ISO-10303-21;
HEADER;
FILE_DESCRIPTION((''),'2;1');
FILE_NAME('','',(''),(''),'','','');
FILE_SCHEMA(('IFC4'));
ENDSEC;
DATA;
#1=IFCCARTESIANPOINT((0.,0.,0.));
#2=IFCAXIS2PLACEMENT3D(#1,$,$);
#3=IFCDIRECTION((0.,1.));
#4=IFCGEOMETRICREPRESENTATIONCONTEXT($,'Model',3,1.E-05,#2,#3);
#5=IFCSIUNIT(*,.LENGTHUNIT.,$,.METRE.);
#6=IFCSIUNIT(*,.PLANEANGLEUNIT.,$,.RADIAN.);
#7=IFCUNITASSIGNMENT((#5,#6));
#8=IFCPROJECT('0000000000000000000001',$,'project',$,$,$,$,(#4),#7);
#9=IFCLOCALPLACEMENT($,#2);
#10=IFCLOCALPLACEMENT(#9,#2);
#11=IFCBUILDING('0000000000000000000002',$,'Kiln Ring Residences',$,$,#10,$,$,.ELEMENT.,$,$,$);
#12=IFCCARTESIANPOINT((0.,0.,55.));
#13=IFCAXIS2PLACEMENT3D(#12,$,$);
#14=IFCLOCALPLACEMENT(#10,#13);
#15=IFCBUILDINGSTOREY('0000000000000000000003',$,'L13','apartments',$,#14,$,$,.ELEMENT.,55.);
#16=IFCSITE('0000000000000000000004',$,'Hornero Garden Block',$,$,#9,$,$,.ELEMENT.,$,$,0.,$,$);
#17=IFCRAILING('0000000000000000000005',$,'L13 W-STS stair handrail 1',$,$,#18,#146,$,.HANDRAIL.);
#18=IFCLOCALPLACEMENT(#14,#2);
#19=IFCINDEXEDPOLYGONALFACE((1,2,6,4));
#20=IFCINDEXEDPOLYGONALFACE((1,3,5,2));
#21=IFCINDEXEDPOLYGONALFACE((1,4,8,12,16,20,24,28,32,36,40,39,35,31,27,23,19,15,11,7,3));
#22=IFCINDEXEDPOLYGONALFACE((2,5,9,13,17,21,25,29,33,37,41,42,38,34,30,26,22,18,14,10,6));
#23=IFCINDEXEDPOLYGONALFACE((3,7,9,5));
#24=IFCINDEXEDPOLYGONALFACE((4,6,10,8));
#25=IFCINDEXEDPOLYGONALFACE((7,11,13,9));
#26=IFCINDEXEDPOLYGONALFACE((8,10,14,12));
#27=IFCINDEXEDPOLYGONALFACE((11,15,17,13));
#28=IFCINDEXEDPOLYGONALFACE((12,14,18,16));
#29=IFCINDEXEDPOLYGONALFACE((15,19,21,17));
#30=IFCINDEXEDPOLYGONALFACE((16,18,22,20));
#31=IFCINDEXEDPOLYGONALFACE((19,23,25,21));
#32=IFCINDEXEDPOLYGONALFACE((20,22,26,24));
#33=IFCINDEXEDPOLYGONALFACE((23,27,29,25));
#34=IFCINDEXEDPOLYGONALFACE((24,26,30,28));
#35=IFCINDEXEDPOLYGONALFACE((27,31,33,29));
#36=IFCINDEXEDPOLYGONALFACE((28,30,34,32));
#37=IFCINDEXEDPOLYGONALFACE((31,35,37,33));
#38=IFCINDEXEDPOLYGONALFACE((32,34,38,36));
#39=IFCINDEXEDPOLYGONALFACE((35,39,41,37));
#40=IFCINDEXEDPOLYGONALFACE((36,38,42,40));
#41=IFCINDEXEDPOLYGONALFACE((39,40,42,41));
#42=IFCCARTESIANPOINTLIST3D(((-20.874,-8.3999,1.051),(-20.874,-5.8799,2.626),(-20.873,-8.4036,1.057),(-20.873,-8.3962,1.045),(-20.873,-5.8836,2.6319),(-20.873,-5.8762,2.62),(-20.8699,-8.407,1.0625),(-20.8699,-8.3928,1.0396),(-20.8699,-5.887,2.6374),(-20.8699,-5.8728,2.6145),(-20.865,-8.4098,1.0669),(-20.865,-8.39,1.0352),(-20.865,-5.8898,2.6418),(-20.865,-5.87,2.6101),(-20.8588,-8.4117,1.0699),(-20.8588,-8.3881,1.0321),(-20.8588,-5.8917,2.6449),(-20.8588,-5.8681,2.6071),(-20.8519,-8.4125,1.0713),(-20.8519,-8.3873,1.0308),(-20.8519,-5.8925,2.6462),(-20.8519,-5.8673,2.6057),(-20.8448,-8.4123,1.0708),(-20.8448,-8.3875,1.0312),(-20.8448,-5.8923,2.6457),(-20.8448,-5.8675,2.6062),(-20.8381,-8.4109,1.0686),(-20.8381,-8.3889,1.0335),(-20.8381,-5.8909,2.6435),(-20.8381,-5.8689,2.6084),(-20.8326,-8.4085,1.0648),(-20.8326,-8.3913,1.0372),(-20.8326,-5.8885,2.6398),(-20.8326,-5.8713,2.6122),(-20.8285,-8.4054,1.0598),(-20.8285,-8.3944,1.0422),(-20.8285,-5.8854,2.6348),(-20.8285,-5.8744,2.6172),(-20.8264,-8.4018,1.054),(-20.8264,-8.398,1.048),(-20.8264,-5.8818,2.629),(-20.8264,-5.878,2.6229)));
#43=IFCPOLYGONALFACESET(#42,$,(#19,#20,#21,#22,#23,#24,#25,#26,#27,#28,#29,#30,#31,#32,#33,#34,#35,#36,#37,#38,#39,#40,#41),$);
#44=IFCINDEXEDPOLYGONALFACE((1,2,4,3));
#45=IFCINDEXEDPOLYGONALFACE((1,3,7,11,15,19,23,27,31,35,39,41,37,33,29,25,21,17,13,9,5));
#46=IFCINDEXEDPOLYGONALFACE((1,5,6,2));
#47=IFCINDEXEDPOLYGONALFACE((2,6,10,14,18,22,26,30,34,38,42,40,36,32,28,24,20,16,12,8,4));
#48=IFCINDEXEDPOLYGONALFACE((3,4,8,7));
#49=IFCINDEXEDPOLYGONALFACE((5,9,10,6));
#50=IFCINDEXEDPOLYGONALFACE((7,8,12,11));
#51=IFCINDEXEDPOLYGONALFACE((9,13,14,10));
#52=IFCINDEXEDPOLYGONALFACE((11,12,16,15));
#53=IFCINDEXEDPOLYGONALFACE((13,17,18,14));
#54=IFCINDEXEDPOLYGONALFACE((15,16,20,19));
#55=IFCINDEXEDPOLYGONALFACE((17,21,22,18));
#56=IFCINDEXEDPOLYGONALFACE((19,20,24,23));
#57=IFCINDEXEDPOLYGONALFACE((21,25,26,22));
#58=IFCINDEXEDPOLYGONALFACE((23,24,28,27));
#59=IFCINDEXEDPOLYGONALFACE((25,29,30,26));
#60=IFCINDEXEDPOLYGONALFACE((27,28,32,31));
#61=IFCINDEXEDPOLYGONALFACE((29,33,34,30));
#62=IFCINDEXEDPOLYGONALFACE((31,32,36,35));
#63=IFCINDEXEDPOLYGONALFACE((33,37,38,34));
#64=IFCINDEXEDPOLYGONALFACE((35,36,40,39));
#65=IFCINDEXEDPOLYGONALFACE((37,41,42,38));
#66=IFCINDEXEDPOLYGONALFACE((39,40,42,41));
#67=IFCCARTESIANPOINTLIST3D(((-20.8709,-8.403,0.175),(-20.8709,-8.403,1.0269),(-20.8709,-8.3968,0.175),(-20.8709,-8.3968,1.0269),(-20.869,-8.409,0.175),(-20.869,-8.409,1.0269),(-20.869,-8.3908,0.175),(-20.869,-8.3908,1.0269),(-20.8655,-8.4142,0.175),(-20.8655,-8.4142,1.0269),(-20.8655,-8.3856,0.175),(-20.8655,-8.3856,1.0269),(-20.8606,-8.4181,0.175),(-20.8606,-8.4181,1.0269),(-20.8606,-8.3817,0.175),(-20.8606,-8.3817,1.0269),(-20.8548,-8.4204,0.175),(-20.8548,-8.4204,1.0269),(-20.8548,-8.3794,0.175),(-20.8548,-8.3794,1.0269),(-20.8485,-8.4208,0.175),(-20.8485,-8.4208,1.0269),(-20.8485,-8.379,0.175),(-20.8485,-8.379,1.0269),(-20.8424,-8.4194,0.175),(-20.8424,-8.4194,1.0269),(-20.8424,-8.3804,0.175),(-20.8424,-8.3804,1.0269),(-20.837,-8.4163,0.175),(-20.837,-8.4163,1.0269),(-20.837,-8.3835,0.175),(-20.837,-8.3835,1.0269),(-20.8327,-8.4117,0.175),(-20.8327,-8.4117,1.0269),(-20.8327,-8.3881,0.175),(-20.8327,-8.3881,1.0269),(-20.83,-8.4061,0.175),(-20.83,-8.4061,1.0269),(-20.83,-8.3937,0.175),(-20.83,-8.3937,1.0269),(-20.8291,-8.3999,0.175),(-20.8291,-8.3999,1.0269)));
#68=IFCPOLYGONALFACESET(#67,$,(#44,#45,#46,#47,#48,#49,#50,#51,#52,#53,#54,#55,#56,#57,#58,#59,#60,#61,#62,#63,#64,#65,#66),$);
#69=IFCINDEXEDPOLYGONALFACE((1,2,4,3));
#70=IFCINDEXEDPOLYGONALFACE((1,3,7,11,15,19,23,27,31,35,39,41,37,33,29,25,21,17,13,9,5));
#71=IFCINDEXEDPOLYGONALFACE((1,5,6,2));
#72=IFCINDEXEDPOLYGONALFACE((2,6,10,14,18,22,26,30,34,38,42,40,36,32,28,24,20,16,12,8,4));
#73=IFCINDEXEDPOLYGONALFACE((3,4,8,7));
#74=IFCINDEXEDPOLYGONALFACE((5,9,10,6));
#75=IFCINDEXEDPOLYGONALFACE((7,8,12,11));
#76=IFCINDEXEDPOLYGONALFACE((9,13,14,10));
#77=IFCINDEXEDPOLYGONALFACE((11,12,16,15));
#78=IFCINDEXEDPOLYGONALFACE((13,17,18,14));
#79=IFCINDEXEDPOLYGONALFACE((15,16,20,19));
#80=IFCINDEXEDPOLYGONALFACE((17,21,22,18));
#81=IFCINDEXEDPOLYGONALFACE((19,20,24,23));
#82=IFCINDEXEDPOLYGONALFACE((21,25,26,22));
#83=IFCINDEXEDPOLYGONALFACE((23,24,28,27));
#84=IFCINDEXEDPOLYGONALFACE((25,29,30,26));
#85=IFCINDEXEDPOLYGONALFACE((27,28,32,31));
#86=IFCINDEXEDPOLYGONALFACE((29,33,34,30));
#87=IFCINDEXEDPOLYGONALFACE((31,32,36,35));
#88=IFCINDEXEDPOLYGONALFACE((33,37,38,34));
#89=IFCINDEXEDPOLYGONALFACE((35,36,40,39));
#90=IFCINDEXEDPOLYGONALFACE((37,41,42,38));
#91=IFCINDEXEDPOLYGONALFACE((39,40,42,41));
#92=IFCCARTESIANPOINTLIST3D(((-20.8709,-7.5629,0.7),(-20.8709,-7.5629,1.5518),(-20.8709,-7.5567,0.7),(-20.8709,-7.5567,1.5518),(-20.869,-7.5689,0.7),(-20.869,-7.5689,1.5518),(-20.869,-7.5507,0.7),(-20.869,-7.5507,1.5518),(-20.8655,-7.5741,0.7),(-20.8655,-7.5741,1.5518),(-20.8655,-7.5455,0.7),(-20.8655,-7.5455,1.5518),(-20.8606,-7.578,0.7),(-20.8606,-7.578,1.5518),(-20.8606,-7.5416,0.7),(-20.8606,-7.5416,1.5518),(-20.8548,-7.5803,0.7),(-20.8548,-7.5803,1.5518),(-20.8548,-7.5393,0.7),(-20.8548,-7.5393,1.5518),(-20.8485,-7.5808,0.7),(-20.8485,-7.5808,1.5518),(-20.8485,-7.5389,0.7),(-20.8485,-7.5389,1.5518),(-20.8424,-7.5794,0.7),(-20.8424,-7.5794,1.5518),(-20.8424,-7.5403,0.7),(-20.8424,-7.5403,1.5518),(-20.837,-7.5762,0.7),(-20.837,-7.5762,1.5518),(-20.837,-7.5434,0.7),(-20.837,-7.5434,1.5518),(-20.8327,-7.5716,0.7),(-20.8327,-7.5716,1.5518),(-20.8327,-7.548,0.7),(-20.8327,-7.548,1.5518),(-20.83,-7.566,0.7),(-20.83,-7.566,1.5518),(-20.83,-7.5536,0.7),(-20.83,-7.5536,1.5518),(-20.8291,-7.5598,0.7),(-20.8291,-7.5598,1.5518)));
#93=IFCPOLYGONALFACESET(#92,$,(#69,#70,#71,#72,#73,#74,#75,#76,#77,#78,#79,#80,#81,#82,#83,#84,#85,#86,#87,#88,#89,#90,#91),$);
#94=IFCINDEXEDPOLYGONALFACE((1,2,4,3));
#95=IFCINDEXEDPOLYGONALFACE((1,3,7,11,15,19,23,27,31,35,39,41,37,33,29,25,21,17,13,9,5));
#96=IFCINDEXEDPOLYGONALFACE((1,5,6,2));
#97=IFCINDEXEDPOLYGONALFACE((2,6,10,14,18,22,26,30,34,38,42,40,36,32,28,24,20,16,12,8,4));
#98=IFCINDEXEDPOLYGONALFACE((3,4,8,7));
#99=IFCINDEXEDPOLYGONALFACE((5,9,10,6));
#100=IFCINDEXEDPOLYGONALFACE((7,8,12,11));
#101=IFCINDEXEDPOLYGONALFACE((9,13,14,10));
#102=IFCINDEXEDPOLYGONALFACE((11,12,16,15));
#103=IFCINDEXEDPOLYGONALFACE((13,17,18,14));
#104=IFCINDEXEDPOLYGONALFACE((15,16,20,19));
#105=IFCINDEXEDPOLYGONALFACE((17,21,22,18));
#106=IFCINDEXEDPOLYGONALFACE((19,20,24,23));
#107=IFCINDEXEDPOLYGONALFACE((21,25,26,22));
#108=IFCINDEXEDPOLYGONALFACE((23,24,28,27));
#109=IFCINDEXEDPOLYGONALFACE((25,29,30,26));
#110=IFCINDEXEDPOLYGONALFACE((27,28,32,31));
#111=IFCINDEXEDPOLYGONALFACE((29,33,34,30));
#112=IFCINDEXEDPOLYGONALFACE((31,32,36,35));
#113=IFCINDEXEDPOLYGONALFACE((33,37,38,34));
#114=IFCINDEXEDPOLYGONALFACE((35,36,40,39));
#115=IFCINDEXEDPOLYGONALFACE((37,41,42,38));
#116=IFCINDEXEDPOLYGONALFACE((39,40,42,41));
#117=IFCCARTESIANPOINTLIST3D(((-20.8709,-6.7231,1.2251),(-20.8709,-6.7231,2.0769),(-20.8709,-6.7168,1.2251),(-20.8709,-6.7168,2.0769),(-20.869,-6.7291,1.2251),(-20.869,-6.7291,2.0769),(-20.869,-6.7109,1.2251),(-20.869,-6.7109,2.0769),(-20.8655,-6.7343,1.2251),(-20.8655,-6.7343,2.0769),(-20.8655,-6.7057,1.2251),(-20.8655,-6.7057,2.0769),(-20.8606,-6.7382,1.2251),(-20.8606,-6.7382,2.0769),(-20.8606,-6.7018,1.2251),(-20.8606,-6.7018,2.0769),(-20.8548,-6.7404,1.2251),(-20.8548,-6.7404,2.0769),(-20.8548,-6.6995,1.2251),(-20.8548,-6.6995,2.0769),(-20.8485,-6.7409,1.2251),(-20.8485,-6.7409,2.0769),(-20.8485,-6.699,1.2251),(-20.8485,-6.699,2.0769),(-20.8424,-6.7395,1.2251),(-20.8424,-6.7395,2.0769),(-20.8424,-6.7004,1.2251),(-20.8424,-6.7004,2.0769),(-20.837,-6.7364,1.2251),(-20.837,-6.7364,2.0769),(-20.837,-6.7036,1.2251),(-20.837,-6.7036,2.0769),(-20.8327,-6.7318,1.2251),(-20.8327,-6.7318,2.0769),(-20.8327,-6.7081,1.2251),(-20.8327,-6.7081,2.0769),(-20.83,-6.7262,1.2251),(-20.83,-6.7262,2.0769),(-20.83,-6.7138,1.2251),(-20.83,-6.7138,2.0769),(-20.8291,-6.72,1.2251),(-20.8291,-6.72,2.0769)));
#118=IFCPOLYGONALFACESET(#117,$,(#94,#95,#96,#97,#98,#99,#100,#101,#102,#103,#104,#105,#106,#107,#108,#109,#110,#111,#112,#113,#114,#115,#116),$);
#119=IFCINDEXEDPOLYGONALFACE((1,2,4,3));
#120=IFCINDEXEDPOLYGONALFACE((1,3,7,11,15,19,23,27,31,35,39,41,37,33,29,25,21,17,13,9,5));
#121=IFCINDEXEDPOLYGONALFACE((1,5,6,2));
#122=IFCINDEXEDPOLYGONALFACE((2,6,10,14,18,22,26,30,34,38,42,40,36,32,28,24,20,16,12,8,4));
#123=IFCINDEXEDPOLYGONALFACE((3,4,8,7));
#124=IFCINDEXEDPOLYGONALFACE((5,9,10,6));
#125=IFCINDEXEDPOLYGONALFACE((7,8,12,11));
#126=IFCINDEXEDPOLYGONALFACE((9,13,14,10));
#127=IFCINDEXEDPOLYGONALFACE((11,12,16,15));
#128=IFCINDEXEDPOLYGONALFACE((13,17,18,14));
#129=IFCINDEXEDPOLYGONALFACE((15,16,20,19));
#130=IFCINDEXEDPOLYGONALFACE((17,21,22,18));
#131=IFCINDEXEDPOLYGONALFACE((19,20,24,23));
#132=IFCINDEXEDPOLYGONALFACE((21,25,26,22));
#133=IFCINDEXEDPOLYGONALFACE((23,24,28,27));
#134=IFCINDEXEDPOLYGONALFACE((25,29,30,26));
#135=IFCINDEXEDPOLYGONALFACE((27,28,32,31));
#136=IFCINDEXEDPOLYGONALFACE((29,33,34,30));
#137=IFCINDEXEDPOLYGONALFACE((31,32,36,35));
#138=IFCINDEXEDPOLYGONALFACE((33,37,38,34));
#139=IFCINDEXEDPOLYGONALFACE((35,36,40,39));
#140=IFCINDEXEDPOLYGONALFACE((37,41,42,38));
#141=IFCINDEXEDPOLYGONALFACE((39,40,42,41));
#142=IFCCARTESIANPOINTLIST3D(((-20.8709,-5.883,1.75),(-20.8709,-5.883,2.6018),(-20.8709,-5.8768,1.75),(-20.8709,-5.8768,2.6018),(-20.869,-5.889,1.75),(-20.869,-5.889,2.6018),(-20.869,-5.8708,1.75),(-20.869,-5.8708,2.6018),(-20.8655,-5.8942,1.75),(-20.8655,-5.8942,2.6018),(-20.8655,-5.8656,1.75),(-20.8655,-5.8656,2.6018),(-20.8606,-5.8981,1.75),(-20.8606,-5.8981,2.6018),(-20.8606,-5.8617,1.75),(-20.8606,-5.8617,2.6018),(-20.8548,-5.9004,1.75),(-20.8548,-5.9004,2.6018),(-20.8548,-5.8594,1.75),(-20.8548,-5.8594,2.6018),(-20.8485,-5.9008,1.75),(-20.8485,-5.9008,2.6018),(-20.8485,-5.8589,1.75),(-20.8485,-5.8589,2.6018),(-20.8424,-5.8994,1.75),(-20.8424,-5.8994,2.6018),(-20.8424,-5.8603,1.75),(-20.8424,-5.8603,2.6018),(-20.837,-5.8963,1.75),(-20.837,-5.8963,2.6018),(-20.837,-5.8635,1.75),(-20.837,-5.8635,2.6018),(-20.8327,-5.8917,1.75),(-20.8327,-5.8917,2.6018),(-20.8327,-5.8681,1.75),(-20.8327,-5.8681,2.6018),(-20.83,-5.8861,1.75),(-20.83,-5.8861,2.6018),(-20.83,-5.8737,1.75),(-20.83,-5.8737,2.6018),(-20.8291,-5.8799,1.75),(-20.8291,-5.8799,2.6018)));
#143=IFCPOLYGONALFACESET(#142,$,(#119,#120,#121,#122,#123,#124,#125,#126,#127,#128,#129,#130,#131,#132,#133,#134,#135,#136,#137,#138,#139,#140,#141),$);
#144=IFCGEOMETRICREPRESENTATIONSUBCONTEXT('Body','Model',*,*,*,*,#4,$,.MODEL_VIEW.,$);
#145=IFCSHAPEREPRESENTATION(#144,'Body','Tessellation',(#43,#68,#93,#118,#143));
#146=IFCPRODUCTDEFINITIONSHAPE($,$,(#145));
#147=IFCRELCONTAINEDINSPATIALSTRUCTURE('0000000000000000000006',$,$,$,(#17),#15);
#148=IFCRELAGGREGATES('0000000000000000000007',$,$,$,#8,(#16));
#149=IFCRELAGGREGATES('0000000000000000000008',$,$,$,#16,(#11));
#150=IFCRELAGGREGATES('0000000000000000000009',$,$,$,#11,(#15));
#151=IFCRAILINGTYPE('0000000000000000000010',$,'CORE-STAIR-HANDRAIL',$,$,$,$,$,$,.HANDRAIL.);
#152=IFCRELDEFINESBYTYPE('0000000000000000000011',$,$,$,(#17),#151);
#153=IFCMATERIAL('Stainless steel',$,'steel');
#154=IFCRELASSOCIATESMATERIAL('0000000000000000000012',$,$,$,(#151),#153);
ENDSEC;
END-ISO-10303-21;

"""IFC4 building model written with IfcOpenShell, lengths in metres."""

from ifc_helpers import new_model, si_unit, direction, frame, origin, origin_2d, place, context, subcontext, project, spatial, circle, extrude, material, type_object, element, save


model = new_model("IFC4")

# Units and contexts
model_context = context("Model", 3, precision=1e-05, world=origin(), true_north=direction((0.0, 1.0)))
body_context = subcontext(model_context, "Body", "Model", "MODEL_VIEW")
ifc_project = project(units=[si_unit("LENGTHUNIT", "METRE"), si_unit("PLANEANGLEUNIT", "RADIAN")], contexts=[model_context])

# Site, building, storey
site_placement = place(None, origin())
site = spatial("IfcSite", under=ifc_project, at=site_placement, Name="Hornero Garden Block", CompositionType="ELEMENT", RefElevation=0.0)
building_placement = place(site_placement, origin())
building = spatial("IfcBuilding", under=site, at=building_placement, Name="Kiln Ring Residences", CompositionType="ELEMENT")
storey_placement = place(building_placement, frame((0.0, 0.0, 55.0)))
storey = spatial("IfcBuildingStorey", under=building, at=storey_placement, Name="L13", Description="apartments", CompositionType="ELEMENT", Elevation=55.0)

# Railing
ifc_material_1 = material(Name="Stainless steel", Category="steel")
railing_type_1 = type_object("IfcRailingType", Name="CORE-STAIR-HANDRAIL", PredefinedType="HANDRAIL", material=ifc_material_1)
railing_1_placement = place(storey_placement, frame((-20.8501, -8.3999, 0.175)))
element("IfcRailing", 1, at=railing_1_placement, inside=storey, type_object=railing_type_1, Name="L13 W-STS stair handrail 1", PredefinedType="HANDRAIL", context=body_context, shape_type="SweptSolid", body=[
    extrude(circle(Radius=0.0239, at=origin_2d()), frame((0.0, 0.0, 0.876), z_axis=(0.0, 0.848008, 0.529984), x_axis=(-1.0, 0.0, 0.0)), (0.0, 0.0, 1.0), 2.9717),
    extrude(circle(Radius=0.021, at=origin_2d()), origin(), (0.0, 0.0, 1.0), 0.8518),
    extrude(circle(Radius=0.021, at=origin_2d()), frame((0.0, 0.8401, 0.5249)), (0.0, 0.0, 1.0), 0.8518),
    extrude(circle(Radius=0.021, at=origin_2d()), frame((0.0, 1.6799, 1.05)), (0.0, 0.0, 1.0), 0.8518),
    extrude(circle(Radius=0.021, at=origin_2d()), frame((0.0, 2.52, 1.575)), (0.0, 0.0, 1.0), 0.8518),
])

save(model, "model.ifc")
